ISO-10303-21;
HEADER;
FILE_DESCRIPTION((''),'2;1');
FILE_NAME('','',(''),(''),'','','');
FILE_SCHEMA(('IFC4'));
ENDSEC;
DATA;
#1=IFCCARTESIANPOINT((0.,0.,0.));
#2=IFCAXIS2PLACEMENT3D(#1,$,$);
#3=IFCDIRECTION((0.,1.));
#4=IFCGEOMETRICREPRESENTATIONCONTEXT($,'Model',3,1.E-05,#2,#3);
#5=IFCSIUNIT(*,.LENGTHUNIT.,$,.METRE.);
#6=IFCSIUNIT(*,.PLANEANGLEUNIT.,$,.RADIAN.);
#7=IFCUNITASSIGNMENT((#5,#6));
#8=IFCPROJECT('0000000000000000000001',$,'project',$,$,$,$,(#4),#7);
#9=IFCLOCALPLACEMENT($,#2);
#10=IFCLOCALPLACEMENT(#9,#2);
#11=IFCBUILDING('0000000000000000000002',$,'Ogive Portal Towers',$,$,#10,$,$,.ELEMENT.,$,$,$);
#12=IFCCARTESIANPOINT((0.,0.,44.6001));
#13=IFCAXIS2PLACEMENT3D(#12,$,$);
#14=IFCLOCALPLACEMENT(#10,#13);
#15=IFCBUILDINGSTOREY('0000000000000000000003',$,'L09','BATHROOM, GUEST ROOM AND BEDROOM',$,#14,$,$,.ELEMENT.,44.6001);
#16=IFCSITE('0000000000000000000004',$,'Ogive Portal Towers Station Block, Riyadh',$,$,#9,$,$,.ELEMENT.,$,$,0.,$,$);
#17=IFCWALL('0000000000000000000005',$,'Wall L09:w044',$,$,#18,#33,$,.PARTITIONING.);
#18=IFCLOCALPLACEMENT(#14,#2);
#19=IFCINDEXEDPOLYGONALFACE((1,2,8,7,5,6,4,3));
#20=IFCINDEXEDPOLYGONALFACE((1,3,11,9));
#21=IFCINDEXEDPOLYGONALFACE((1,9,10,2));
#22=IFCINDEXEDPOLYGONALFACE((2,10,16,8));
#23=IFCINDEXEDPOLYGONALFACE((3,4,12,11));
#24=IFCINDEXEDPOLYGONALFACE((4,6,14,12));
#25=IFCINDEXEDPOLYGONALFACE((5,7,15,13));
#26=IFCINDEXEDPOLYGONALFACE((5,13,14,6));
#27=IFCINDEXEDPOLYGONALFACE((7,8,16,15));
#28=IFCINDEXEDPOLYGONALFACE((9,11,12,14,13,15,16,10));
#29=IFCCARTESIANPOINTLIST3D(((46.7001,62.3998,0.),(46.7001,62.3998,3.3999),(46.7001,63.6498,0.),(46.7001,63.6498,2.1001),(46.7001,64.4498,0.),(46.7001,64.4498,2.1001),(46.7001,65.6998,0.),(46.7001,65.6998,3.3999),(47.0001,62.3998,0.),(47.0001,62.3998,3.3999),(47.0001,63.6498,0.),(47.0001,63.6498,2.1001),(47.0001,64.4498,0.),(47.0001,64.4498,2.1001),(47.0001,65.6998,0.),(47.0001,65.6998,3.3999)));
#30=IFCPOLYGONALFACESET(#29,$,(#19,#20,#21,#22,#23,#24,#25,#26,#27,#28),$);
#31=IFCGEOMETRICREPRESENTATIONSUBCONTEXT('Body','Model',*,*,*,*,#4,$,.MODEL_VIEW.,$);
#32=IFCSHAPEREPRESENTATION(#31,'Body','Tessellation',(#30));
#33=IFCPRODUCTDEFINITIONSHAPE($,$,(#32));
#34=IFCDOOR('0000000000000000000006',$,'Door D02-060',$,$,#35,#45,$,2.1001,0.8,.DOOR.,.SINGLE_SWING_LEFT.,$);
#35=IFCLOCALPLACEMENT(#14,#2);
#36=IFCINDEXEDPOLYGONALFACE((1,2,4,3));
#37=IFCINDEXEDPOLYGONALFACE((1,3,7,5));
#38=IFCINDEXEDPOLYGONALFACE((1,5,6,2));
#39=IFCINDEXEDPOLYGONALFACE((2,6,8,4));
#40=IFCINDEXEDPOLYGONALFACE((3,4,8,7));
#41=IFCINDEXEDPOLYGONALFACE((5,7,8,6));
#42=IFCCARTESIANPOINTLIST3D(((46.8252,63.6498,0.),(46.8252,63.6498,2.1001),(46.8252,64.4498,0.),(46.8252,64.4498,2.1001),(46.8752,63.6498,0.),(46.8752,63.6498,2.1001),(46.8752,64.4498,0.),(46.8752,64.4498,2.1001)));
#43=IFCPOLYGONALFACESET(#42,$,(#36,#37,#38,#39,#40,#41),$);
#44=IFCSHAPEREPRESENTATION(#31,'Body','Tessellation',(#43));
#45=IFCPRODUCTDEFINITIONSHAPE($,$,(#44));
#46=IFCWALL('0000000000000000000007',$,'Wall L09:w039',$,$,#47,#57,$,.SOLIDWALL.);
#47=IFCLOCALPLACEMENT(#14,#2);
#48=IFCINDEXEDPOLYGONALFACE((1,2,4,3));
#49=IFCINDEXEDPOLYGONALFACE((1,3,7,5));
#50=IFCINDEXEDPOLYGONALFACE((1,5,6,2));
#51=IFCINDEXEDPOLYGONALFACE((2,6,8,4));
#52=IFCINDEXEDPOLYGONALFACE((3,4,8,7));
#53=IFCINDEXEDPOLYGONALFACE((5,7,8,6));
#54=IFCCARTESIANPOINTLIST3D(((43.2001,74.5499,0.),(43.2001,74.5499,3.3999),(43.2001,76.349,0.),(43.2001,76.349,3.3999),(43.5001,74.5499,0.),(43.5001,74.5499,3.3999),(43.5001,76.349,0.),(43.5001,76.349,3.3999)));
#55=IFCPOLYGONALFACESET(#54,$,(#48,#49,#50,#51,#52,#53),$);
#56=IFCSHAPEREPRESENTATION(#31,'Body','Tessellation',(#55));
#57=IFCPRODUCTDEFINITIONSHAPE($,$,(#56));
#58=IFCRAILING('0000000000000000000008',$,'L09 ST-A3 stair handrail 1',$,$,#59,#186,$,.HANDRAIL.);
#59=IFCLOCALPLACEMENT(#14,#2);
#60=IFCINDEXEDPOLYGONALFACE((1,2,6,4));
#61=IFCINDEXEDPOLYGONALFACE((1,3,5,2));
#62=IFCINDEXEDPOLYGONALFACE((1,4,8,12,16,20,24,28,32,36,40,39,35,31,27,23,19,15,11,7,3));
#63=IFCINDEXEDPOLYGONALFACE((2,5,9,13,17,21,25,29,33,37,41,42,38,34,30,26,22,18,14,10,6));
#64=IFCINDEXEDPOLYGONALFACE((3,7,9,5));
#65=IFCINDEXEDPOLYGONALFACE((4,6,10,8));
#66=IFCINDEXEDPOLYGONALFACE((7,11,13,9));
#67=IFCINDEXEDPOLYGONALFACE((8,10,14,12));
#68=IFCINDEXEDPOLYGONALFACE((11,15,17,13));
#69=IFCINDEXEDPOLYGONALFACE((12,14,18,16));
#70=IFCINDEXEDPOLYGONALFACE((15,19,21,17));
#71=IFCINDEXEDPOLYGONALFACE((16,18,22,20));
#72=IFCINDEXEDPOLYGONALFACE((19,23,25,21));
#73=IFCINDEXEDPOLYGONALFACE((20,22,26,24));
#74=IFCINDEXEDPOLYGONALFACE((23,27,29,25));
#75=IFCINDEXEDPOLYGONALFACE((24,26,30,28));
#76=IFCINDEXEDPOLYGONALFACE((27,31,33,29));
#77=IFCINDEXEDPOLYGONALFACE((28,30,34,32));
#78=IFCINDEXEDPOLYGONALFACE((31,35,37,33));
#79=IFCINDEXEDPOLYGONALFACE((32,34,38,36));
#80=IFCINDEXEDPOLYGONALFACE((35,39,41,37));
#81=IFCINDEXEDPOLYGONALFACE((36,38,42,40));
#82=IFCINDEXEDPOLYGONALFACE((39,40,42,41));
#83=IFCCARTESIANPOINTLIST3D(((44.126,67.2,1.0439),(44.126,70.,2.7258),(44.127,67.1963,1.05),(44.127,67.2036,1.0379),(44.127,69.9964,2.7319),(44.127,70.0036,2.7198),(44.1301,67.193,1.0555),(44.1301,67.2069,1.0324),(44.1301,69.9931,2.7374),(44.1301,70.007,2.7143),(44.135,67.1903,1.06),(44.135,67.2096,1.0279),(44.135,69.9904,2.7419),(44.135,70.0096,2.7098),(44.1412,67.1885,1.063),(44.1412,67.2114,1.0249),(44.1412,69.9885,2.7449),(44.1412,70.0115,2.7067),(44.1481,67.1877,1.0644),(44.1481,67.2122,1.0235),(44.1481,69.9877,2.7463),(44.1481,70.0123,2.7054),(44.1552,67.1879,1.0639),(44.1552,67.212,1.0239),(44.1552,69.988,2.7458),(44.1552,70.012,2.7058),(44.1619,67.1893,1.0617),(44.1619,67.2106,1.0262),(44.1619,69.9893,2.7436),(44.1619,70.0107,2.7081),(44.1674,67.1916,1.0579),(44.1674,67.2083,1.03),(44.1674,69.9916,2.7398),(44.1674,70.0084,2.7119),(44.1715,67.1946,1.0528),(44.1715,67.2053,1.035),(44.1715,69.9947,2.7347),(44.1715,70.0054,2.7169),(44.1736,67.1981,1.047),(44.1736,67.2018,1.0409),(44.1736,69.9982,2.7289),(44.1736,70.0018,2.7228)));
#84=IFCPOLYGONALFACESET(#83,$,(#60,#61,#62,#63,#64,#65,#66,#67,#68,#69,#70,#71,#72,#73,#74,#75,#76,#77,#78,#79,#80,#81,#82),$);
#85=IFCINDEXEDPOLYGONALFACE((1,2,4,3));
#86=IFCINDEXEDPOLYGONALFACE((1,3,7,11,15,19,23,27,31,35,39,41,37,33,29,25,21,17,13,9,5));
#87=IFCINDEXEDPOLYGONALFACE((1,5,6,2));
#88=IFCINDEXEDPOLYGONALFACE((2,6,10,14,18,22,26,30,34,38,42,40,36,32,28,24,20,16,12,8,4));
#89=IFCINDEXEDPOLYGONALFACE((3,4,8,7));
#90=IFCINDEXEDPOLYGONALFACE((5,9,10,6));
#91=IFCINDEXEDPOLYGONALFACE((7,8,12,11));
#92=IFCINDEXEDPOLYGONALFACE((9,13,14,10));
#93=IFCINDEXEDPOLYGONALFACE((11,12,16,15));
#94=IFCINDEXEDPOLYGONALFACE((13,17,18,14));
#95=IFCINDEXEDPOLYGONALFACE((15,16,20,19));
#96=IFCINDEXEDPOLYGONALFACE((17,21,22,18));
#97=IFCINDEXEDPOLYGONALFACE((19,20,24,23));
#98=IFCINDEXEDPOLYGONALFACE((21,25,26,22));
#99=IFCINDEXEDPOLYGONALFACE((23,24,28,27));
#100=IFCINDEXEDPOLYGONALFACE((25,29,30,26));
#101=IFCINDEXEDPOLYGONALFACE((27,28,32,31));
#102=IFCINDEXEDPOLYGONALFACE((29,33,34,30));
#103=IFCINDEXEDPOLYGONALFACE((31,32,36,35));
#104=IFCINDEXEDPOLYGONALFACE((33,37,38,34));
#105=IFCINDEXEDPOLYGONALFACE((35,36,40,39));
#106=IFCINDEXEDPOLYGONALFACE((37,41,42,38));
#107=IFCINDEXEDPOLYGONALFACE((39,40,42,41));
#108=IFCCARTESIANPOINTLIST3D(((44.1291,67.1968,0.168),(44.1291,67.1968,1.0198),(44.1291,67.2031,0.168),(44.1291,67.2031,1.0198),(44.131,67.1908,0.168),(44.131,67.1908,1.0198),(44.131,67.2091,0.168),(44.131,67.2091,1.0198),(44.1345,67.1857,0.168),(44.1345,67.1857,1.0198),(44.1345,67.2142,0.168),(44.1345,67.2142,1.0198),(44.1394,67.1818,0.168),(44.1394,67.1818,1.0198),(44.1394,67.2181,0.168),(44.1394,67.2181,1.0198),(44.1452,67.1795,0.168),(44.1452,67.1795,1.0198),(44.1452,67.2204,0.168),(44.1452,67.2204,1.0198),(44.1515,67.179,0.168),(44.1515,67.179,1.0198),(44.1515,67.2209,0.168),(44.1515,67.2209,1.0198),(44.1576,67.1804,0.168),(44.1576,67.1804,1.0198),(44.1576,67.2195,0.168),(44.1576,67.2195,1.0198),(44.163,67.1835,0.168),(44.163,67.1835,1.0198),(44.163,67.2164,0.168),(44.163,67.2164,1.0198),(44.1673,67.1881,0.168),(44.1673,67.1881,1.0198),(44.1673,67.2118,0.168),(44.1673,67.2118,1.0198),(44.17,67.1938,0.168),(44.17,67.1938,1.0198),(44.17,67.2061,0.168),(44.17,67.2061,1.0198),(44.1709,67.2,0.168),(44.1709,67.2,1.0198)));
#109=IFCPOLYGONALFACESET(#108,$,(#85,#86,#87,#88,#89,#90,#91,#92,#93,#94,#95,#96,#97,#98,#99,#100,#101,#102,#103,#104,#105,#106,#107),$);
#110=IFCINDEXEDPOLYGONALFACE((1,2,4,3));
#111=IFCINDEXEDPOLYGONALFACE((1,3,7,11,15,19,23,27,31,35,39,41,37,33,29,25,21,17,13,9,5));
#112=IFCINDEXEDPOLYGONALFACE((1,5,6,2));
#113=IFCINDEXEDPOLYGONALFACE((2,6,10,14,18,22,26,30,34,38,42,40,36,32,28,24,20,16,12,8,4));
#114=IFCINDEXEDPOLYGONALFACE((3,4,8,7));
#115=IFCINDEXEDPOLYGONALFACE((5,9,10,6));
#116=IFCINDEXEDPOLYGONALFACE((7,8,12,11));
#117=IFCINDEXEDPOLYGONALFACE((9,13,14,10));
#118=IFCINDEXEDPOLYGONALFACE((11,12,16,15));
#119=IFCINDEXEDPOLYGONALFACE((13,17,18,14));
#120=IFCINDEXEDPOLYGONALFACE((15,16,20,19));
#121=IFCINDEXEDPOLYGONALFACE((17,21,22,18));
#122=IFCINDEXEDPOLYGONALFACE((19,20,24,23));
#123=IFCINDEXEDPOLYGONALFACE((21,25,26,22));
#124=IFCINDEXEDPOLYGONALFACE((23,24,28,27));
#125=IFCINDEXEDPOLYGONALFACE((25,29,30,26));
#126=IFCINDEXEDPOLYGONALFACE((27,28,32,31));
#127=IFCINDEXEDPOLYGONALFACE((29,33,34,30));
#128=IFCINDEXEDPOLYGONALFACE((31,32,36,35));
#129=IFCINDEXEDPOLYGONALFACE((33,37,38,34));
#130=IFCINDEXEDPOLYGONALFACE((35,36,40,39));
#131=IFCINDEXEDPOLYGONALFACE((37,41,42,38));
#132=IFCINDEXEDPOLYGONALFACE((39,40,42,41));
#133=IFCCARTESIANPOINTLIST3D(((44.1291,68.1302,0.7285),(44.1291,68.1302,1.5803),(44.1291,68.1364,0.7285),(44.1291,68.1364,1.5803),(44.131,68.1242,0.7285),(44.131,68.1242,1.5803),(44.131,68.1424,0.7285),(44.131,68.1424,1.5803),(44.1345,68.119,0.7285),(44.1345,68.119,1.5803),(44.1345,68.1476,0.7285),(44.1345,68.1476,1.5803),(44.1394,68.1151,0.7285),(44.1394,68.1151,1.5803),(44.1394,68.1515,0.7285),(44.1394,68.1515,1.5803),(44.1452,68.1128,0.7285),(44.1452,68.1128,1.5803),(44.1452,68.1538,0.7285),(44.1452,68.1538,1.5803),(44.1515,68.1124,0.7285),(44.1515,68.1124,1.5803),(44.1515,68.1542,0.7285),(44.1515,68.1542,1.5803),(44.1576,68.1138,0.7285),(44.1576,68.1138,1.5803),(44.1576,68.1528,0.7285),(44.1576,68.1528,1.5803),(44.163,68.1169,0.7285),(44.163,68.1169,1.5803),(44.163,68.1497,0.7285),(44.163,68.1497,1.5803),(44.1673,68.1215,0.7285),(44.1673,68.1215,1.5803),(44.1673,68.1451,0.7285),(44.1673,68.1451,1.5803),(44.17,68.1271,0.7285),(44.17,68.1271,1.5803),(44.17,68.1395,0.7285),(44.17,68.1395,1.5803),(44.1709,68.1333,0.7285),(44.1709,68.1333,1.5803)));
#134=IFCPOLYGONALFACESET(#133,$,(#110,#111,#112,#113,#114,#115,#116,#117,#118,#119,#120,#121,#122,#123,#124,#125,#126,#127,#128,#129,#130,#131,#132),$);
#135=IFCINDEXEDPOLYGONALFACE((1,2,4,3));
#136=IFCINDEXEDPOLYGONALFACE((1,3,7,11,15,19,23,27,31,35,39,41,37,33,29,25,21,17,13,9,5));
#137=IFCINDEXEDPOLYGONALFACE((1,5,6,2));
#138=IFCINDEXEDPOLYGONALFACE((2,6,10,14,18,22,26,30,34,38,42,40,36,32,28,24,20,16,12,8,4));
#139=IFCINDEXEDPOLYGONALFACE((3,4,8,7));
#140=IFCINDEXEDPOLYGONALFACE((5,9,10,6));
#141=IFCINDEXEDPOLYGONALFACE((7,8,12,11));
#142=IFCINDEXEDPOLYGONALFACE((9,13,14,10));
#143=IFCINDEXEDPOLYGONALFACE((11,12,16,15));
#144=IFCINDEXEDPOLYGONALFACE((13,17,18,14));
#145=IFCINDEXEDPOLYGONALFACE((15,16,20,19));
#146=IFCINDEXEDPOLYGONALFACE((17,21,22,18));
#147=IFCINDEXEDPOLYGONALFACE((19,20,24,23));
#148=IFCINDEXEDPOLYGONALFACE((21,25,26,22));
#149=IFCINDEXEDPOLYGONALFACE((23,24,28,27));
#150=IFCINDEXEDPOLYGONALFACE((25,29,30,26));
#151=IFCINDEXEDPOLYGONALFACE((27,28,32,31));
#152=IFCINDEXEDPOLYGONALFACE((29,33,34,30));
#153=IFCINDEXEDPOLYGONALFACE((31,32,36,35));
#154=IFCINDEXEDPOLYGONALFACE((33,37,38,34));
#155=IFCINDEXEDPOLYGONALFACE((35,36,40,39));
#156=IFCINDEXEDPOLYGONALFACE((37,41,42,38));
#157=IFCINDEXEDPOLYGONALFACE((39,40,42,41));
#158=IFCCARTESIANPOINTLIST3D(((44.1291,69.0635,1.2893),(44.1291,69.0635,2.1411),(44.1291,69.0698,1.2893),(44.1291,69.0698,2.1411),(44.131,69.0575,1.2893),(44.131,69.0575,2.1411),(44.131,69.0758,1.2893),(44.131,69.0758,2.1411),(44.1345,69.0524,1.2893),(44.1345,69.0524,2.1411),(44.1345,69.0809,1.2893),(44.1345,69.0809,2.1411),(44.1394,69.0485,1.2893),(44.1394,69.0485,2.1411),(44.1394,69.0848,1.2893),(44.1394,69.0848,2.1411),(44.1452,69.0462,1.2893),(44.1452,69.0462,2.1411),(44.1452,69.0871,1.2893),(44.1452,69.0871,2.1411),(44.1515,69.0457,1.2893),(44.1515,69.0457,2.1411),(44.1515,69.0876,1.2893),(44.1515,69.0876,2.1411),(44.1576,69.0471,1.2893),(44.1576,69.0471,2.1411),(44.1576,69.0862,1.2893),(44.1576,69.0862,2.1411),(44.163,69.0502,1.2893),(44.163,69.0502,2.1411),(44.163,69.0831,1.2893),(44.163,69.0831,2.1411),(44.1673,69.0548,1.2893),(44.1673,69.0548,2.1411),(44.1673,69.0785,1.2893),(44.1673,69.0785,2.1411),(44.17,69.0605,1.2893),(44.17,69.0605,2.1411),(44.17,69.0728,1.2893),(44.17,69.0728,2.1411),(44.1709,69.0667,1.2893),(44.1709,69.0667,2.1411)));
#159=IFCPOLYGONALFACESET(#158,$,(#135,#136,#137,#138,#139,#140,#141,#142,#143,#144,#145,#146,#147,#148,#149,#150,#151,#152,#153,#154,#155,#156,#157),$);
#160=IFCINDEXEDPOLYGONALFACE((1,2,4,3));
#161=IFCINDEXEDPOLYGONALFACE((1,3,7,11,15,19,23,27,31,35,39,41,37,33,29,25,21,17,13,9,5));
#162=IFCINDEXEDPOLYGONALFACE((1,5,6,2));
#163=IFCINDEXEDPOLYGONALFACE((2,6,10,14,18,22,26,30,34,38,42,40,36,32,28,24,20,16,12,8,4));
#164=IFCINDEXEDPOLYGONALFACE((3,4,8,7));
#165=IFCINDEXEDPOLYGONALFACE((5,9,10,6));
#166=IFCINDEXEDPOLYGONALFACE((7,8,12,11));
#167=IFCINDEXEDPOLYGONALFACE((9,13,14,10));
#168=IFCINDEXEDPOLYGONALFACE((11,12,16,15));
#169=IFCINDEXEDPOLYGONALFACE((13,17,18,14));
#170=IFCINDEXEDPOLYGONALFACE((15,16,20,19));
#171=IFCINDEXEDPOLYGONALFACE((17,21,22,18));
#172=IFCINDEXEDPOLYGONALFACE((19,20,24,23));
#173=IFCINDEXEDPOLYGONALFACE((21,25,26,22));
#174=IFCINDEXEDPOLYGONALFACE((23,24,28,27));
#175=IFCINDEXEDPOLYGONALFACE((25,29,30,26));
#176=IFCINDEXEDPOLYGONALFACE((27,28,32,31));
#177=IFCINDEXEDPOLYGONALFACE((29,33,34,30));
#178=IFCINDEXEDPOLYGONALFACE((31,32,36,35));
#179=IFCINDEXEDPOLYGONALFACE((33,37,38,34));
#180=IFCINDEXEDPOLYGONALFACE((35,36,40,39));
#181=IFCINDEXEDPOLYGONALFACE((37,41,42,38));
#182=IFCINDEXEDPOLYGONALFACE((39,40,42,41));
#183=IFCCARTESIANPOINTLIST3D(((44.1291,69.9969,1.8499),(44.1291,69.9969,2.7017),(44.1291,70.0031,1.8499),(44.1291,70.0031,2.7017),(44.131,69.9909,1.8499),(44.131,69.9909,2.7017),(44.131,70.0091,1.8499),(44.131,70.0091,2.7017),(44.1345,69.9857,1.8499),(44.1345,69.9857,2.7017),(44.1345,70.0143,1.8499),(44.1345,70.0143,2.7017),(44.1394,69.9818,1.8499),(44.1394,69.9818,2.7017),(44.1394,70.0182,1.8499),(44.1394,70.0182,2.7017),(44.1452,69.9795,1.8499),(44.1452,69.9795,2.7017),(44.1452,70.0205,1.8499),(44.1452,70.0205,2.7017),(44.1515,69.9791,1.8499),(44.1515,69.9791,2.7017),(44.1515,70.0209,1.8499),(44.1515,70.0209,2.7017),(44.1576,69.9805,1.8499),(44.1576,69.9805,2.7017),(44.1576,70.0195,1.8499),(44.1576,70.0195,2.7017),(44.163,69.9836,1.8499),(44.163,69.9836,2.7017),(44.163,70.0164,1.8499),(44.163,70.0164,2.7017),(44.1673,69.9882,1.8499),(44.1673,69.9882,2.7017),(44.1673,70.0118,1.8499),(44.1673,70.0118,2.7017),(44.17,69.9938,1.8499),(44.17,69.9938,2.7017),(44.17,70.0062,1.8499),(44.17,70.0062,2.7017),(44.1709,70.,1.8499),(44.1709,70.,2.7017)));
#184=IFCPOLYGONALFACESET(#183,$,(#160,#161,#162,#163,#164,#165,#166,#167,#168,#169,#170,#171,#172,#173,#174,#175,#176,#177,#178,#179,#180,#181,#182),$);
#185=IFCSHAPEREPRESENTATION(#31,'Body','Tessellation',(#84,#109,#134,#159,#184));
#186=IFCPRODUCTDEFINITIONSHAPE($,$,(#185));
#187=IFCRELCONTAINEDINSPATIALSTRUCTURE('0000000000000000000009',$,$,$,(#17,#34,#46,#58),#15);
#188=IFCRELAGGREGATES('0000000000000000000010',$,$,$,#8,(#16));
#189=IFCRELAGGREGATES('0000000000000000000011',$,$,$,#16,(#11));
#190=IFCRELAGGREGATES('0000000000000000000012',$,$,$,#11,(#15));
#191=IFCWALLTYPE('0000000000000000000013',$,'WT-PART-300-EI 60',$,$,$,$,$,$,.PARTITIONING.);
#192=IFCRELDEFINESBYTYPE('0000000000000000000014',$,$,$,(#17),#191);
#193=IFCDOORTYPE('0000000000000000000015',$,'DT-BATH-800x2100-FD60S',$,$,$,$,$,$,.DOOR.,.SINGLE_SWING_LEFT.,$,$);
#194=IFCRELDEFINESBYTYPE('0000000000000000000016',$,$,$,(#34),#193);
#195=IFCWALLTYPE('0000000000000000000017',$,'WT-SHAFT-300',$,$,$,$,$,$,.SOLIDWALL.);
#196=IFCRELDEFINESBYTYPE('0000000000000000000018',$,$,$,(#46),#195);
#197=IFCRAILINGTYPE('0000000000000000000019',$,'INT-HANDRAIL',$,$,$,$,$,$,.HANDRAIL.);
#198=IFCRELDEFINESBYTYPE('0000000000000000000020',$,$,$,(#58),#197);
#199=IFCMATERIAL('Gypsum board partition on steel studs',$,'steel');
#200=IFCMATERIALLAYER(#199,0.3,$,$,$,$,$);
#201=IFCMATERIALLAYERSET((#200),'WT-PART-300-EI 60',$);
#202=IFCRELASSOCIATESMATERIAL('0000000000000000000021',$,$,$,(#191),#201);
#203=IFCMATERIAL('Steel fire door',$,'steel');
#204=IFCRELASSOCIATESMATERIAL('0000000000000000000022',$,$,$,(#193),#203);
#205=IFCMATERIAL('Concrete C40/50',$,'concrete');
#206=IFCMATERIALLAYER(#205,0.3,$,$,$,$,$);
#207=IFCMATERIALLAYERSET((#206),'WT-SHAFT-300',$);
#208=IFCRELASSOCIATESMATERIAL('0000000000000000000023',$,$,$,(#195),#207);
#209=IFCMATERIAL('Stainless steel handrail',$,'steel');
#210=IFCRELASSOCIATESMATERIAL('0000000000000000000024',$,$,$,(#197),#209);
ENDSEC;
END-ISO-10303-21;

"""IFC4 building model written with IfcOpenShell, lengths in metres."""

from ifc_helpers import new_model, si_unit, direction, frame, frame_2d, origin, origin_2d, place, context, subcontext, project, spatial, rectangle, circle, extrude, material, layer, layer_set, type_object, element, fill, save


model = new_model("IFC4")

# Units and contexts
model_context = context("Model", 3, precision=1e-05, world=origin(), true_north=direction((0.0, 1.0)))
body_context = subcontext(model_context, "Body", "Model", "MODEL_VIEW")
ifc_project = project(units=[si_unit("LENGTHUNIT", "METRE"), si_unit("PLANEANGLEUNIT", "RADIAN")], contexts=[model_context])

# Site, building, storey
site_placement = place(None, origin())
site = spatial("IfcSite", under=ifc_project, at=site_placement, Name="Ogive Portal Towers Station Block, Riyadh", CompositionType="ELEMENT", RefElevation=0.0)
building_placement = place(site_placement, origin())
building = spatial("IfcBuilding", under=site, at=building_placement, Name="Ogive Portal Towers", CompositionType="ELEMENT")
storey_placement = place(building_placement, frame((0.0, 0.0, 44.6001)))
storey = spatial("IfcBuildingStorey", under=building, at=storey_placement, Name="L09", Description="BATHROOM, GUEST ROOM AND BEDROOM", CompositionType="ELEMENT", Elevation=44.6001)

# Shared definitions
ifc_material_1 = material(Name="Concrete C40/50", Category="concrete")

# Wall, opening, door
ifc_material_2 = material(Name="Gypsum board partition on steel studs", Category="steel")
ifc_layer_1 = layer(ifc_material_2, 0.3)
ifc_layer_set_1 = layer_set([ifc_layer_1], Name="WT-PART-300-EI 60")
wall_type_1 = type_object("IfcWallType", Name="WT-PART-300-EI 60", PredefinedType="PARTITIONING", material=ifc_layer_set_1)
ifc_material_3 = material(Name="Steel fire door", Category="steel")
door_type = type_object("IfcDoorType", Name="DT-BATH-800x2100-FD60S", OperationType="SINGLE_SWING_LEFT", PredefinedType="DOOR", material=ifc_material_3)
wall_1_placement = place(storey_placement, frame((46.8501, 62.3999, 0.0), z_axis=(0.0, 0.0, 1.0), x_axis=(0.0, 1.0, 0.0)))
wall_1 = element("IfcWall", 1, at=wall_1_placement, inside=storey, type_object=wall_type_1, Name="Wall L09:w044", PredefinedType="PARTITIONING", context=body_context, shape_type="SweptSolid", body=[
    extrude(rectangle(XDim=3.3, YDim=0.3, at=frame_2d((1.6499, 0.0))), origin(), (0.0, 0.0, 1.0), 3.3999),
])
opening_1_placement = place(wall_1_placement, frame((1.25, 0.0, 0.0)))
opening_1 = element("IfcOpeningElement", 2, at=opening_1_placement, cuts=wall_1, PredefinedType="OPENING", context=body_context, shape_type="SweptSolid", body=[
    extrude(rectangle(XDim=0.8, YDim=2.1001, at=frame_2d((0.3999, 1.05))), frame((0.0, 0.1602, 0.0), z_axis=(0.0, -1.0, 0.0), x_axis=(1.0, 0.0, 0.0)), (0.0, 0.0, 1.0), 0.3201),
])
door_1_placement = place(opening_1_placement, origin())
door_1 = element("IfcDoor", 3, at=door_1_placement, inside=storey, type_object=door_type, Name="Door D02-060", OperationType="SINGLE_SWING_LEFT", OverallHeight=2.1001, OverallWidth=0.8, PredefinedType="DOOR", context=body_context, shape_type="SweptSolid", body=[
    extrude(rectangle(XDim=0.8, YDim=2.1001, at=frame_2d((0.3999, 1.05))), frame((0.0, 0.0249, 0.0), z_axis=(0.0, -1.0, 0.0), x_axis=(1.0, 0.0, 0.0)), (0.0, 0.0, 1.0), 0.05),
])
fill(opening_1, door_1)

# Wall
ifc_layer_2 = layer(ifc_material_1, 0.3)
ifc_layer_set_2 = layer_set([ifc_layer_2], Name="WT-SHAFT-300")
wall_type_2 = type_object("IfcWallType", Name="WT-SHAFT-300", PredefinedType="SOLIDWALL", material=ifc_layer_set_2)
wall_2_placement = place(storey_placement, frame((43.3501, 74.55, 0.0), z_axis=(0.0, 0.0, 1.0), x_axis=(0.0, 1.0, 0.0)))
element("IfcWall", 4, at=wall_2_placement, inside=storey, type_object=wall_type_2, Name="Wall L09:w039", PredefinedType="SOLIDWALL", context=body_context, shape_type="SweptSolid", body=[
    extrude(rectangle(XDim=1.7991, YDim=0.3, at=frame_2d((0.8994, 0.0))), origin(), (0.0, 0.0, 1.0), 3.3999),
])

# Railing
ifc_material_4 = material(Name="Stainless steel handrail", Category="steel")
railing_type = type_object("IfcRailingType", Name="INT-HANDRAIL", PredefinedType="HANDRAIL", material=ifc_material_4)
railing_placement = place(storey_placement, frame((44.1499, 67.2, 0.168)))
element("IfcRailing", 5, at=railing_placement, inside=storey, type_object=railing_type, Name="L09 ST-A3 stair handrail 1", PredefinedType="HANDRAIL", context=body_context, shape_type="SweptSolid", body=[
    extrude(circle(Radius=0.0239, at=origin_2d()), frame((0.0, 0.0, 0.876), z_axis=(0.0, 0.857242, 0.514913), x_axis=(-1.0, 0.0, 0.0)), (0.0, 0.0, 1.0), 3.2664),
    extrude(circle(Radius=0.021, at=origin_2d()), origin(), (0.0, 0.0, 1.0), 0.8518),
    extrude(circle(Radius=0.021, at=origin_2d()), frame((0.0, 0.9333, 0.5605)), (0.0, 0.0, 1.0), 0.8518),
    extrude(circle(Radius=0.021, at=origin_2d()), frame((0.0, 1.8667, 1.1213)), (0.0, 0.0, 1.0), 0.8518),
    extrude(circle(Radius=0.021, at=origin_2d()), frame((0.0, 2.8, 1.6819)), (0.0, 0.0, 1.0), 0.8518),
])

save(model, "model.ifc")
